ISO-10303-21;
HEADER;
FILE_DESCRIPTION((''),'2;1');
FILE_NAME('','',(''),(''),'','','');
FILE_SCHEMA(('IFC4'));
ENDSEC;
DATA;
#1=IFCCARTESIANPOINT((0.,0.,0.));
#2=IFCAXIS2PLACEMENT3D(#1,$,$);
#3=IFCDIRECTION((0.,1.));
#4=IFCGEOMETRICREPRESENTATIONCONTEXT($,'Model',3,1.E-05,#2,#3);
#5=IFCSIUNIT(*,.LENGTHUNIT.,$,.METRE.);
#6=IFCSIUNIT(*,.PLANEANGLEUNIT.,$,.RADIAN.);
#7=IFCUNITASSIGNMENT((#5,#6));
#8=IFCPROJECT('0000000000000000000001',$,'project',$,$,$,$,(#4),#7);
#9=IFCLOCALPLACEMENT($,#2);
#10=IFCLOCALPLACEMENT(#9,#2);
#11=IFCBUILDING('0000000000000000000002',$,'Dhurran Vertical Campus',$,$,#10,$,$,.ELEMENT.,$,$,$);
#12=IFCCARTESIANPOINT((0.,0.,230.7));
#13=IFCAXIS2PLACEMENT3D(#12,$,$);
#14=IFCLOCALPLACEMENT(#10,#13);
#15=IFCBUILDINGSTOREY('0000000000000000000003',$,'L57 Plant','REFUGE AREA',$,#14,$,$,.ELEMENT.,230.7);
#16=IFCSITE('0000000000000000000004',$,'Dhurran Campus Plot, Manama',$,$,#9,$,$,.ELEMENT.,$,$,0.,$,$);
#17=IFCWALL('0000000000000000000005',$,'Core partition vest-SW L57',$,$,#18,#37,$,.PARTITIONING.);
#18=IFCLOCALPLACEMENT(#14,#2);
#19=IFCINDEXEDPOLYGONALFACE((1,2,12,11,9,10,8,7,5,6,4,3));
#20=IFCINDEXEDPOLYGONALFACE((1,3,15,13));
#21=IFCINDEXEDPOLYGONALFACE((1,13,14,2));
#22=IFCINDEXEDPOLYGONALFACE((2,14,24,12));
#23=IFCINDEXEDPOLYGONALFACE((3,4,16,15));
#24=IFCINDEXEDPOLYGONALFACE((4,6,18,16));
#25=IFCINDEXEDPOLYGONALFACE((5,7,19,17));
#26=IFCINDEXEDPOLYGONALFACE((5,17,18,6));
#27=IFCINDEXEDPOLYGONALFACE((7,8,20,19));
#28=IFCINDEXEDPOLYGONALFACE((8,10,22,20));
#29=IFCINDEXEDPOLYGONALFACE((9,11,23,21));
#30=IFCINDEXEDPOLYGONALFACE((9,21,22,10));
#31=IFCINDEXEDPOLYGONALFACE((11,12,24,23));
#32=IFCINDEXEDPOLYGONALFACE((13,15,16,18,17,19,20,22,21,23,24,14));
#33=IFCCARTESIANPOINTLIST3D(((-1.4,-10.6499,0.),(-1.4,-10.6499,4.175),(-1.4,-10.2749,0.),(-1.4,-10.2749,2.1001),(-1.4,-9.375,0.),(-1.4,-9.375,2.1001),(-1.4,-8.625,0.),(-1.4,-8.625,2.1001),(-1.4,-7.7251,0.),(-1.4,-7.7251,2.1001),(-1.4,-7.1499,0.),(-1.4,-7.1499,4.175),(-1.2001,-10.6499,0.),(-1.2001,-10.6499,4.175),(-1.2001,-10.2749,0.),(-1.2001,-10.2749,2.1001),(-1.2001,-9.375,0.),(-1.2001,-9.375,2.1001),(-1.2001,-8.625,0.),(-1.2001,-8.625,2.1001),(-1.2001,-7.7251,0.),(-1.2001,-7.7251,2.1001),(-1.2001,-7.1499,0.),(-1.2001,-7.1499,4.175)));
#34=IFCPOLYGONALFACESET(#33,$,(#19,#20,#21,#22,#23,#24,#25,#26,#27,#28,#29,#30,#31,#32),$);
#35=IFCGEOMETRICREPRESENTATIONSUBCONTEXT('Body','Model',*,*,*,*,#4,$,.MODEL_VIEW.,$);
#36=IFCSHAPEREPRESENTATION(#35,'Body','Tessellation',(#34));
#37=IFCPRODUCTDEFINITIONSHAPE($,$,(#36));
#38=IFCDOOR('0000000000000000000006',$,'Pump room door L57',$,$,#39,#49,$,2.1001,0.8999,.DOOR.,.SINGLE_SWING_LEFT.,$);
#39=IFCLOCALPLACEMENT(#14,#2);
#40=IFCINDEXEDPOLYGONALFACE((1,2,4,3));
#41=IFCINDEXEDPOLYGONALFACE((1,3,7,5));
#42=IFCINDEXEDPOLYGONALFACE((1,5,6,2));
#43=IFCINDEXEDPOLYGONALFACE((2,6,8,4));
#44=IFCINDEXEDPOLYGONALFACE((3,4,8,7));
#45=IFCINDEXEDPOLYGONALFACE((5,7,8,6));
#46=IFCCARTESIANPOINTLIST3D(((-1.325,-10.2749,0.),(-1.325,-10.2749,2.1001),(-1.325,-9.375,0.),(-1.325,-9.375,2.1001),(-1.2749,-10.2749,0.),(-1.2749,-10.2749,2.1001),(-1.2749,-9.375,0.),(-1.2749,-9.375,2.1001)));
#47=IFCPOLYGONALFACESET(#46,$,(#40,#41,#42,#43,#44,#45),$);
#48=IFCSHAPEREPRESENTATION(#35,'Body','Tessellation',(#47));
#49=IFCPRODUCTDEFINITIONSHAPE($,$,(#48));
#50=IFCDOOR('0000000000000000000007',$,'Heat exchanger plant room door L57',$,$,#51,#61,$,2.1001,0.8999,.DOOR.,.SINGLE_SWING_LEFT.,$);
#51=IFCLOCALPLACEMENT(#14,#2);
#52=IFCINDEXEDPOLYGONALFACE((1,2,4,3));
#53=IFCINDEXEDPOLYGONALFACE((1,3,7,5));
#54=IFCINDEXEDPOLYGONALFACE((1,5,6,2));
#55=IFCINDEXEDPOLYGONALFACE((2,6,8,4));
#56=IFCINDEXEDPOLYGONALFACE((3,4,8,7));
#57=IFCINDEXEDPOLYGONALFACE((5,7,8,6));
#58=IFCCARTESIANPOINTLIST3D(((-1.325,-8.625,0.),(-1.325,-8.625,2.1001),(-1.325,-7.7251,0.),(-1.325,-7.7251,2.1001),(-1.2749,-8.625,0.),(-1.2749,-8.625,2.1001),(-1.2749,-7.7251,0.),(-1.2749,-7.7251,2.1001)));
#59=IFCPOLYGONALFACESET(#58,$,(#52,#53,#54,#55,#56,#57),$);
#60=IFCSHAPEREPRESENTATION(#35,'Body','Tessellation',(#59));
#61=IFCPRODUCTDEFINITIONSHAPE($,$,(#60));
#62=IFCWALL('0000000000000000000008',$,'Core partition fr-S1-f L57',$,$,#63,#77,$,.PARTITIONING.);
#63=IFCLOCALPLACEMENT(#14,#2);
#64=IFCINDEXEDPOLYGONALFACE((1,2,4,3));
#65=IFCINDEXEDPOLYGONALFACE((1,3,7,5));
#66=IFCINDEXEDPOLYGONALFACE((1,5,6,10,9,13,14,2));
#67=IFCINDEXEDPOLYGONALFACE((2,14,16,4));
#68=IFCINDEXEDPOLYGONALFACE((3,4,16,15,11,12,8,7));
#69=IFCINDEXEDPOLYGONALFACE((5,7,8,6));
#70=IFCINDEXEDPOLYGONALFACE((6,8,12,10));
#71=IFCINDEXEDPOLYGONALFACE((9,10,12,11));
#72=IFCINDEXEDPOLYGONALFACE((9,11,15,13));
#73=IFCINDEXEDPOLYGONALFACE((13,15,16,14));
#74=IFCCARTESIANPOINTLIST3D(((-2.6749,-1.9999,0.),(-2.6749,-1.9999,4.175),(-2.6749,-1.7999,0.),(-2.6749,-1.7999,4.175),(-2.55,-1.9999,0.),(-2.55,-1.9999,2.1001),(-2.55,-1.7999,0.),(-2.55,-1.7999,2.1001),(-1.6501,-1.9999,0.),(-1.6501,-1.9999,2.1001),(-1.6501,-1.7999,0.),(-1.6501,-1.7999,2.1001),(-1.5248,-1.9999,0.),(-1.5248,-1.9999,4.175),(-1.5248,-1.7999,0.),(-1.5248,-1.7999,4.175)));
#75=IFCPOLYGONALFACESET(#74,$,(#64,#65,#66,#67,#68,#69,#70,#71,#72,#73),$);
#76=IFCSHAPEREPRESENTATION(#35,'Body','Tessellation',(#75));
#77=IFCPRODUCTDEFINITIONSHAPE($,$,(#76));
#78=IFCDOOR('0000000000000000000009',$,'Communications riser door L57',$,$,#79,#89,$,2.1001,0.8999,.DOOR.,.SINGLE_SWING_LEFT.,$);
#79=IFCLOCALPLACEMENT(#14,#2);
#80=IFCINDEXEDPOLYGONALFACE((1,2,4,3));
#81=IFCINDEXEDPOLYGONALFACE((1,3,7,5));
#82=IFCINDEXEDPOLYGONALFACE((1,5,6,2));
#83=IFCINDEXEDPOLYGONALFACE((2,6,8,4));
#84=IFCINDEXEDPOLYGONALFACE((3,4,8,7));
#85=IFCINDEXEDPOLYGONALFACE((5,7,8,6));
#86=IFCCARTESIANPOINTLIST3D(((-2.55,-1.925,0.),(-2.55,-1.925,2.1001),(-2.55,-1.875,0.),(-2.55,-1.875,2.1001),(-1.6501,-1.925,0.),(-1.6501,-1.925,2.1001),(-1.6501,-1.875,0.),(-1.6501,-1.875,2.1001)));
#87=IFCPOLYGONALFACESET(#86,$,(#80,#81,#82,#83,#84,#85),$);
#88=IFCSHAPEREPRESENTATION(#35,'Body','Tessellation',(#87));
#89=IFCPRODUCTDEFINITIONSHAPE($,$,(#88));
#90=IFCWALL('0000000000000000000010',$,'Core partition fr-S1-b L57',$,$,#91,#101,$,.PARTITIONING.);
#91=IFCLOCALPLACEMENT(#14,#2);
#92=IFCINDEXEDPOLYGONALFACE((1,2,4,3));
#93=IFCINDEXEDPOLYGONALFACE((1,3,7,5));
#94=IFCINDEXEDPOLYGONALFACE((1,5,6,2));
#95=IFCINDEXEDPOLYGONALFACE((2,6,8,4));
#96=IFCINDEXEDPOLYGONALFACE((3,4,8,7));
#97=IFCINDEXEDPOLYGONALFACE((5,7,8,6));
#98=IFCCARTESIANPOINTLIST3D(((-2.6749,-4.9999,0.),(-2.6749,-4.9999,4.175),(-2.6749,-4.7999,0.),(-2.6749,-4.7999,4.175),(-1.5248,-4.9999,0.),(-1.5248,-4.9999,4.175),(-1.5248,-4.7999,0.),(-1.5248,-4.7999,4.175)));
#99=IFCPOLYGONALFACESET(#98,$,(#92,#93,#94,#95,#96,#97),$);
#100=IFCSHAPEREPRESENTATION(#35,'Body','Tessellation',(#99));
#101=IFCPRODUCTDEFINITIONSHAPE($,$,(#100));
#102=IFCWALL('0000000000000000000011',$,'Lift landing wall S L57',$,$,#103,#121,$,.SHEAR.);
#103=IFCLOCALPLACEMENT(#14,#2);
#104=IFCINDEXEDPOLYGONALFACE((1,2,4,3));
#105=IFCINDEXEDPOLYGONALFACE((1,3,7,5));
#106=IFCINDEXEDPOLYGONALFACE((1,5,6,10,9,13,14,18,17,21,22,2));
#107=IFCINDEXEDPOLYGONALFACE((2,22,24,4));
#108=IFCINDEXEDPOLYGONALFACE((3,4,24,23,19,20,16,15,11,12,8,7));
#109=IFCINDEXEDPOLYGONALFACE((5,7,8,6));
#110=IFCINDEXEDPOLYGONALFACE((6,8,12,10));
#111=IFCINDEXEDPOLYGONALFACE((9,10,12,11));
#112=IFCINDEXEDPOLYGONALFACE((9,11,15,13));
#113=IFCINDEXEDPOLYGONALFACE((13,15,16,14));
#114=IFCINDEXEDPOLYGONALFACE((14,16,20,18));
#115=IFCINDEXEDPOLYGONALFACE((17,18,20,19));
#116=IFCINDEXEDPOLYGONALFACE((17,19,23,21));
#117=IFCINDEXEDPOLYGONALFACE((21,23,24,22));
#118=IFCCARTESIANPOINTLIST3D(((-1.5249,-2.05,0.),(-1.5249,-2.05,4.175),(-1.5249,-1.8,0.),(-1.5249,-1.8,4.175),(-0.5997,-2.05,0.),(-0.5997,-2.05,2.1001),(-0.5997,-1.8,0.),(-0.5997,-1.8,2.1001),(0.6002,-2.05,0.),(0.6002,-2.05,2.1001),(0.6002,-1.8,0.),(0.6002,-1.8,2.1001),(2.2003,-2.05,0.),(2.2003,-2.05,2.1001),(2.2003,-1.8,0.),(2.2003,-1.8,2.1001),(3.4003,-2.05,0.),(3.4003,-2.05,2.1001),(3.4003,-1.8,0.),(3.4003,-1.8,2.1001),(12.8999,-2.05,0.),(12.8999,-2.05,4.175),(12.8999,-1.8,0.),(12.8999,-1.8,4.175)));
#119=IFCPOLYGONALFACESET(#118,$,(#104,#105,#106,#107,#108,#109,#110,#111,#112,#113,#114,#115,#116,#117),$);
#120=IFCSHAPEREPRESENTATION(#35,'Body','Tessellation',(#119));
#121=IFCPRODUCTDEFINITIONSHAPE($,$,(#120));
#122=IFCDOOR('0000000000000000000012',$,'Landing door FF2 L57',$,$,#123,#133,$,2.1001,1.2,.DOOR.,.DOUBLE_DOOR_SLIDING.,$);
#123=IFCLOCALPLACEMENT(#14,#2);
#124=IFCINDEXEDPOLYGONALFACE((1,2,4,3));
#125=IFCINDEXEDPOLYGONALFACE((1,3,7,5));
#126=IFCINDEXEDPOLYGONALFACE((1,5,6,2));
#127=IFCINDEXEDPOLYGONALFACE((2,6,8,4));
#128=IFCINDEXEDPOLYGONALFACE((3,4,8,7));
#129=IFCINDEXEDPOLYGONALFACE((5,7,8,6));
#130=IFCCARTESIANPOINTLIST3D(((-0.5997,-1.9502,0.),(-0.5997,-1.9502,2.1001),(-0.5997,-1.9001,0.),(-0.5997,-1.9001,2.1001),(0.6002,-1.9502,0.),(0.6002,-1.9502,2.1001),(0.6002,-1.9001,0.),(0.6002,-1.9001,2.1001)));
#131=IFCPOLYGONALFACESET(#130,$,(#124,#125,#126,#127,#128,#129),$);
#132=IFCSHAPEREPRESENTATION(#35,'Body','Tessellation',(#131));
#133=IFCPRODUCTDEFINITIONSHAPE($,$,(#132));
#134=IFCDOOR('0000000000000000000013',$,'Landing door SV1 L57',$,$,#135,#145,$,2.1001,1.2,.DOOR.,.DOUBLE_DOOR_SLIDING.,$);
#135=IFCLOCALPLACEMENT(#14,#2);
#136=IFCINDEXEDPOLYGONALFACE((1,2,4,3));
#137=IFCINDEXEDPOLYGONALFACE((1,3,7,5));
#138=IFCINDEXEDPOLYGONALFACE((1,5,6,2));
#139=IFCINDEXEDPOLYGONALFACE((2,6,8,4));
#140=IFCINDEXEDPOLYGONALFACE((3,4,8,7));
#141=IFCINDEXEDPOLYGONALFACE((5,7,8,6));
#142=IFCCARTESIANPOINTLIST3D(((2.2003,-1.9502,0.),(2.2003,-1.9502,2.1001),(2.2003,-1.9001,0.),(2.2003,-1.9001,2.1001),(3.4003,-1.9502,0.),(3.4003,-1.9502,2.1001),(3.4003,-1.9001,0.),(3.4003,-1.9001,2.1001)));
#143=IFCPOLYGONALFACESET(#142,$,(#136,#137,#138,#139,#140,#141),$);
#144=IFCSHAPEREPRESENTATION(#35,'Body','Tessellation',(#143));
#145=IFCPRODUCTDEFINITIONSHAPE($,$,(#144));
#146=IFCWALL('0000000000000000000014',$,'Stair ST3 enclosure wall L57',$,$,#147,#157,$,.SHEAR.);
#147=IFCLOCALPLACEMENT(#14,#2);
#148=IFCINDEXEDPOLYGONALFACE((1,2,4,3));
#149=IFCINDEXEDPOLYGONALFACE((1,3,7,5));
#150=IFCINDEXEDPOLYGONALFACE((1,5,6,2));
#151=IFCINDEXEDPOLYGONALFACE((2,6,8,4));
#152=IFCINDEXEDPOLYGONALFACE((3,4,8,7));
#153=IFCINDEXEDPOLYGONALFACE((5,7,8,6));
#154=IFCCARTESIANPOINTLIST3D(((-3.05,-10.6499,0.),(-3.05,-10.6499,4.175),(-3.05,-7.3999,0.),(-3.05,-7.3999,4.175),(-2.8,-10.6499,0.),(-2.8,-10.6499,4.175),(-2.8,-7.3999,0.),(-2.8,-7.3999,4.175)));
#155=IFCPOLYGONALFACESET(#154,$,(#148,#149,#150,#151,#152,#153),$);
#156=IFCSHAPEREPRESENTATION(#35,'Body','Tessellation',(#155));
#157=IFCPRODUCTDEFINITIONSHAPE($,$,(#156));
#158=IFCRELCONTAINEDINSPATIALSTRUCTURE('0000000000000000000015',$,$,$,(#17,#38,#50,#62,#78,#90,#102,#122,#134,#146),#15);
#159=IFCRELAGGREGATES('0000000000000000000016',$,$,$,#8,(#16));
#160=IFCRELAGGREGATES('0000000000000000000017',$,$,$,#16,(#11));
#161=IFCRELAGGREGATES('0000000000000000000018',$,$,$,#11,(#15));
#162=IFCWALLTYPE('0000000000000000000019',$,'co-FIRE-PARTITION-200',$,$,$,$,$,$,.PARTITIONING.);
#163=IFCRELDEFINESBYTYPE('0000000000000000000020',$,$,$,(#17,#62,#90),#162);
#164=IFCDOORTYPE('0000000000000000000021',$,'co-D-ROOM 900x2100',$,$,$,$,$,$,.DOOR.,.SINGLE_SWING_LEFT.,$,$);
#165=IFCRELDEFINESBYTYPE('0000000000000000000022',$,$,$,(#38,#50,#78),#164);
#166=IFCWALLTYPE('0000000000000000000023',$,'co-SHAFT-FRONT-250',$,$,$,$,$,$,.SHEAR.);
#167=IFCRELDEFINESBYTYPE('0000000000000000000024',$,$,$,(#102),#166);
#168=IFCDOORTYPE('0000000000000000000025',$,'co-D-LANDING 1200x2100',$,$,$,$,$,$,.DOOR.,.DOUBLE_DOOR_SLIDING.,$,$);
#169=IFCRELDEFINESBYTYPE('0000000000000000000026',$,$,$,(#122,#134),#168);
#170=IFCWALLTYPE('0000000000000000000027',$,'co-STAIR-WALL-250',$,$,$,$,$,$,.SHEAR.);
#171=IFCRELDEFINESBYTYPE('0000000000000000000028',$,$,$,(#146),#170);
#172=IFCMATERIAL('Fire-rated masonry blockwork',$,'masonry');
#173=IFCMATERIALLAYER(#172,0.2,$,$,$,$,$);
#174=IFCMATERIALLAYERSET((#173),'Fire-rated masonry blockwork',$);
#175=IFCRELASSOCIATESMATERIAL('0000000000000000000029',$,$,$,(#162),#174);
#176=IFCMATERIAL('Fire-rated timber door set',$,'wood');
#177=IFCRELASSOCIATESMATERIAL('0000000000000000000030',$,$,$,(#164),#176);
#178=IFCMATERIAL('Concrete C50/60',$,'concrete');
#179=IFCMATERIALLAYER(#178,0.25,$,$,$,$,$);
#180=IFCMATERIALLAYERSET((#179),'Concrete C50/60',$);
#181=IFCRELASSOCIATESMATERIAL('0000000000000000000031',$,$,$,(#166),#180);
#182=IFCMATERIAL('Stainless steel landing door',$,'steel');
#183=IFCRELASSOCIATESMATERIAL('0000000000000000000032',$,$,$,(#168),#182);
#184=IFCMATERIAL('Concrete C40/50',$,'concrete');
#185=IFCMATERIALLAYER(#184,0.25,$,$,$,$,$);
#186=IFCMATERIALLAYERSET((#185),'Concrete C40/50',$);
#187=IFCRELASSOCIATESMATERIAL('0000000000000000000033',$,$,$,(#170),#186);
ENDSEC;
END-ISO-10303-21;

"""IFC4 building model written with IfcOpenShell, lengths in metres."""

from ifc_helpers import new_model, si_unit, direction, frame, frame_2d, origin, place, context, subcontext, project, spatial, rectangle, extrude, material, layer, layer_set, type_object, element, fill, save


model = new_model("IFC4")

# Units and contexts
model_context = context("Model", 3, precision=1e-05, world=origin(), true_north=direction((0.0, 1.0)))
body_context = subcontext(model_context, "Body", "Model", "MODEL_VIEW")
ifc_project = project(units=[si_unit("LENGTHUNIT", "METRE"), si_unit("PLANEANGLEUNIT", "RADIAN")], contexts=[model_context])

# Site, building, storey
site_placement = place(None, origin())
site = spatial("IfcSite", under=ifc_project, at=site_placement, Name="Dhurran Campus Plot, Manama", CompositionType="ELEMENT", RefElevation=0.0)
building_placement = place(site_placement, origin())
building = spatial("IfcBuilding", under=site, at=building_placement, Name="Dhurran Vertical Campus", CompositionType="ELEMENT")
storey_placement = place(building_placement, frame((0.0, 0.0, 230.7)))
storey = spatial("IfcBuildingStorey", under=building, at=storey_placement, Name="L57 Plant", Description="REFUGE AREA", CompositionType="ELEMENT", Elevation=230.7)

# Shared definitions
ifc_material_1 = material(Name="Fire-rated masonry blockwork", Category="masonry")
ifc_layer_1 = layer(ifc_material_1, 0.2)
ifc_layer_set_1 = layer_set([ifc_layer_1], Name="Fire-rated masonry blockwork")
wall_type_1 = type_object("IfcWallType", Name="co-FIRE-PARTITION-200", PredefinedType="PARTITIONING", material=ifc_layer_set_1)

# Wall, openings, doors
wall_1_placement = place(storey_placement, frame((-1.3, -10.6499, 0.0), z_axis=(0.0, 0.0, 1.0), x_axis=(0.0, 1.0, 0.0)))
wall_1 = element("IfcWall", 1, at=wall_1_placement, inside=storey, type_object=wall_type_1, Name="Core partition vest-SW L57", PredefinedType="PARTITIONING", context=body_context, shape_type="SweptSolid", body=[
    extrude(rectangle(XDim=3.5, YDim=0.2, at=frame_2d((1.75, 0.0))), origin(), (0.0, 0.0, 1.0), 4.175),
])
opening_1_placement = place(wall_1_placement, frame((0.375, 0.0, 0.0)))
opening_1 = element("IfcOpeningElement", 2, at=opening_1_placement, cuts=wall_1, PredefinedType="OPENING", context=body_context, shape_type="SweptSolid", body=[
    extrude(rectangle(XDim=0.8999, YDim=2.1001, at=frame_2d((0.45, 1.05))), frame((0.0, 0.1099, 0.0), z_axis=(0.0, -1.0, 0.0), x_axis=(1.0, 0.0, 0.0)), (0.0, 0.0, 1.0), 0.22),
])
opening_2_placement = place(wall_1_placement, frame((2.0249, 0.0, 0.0)))
opening_2 = element("IfcOpeningElement", 3, at=opening_2_placement, cuts=wall_1, PredefinedType="OPENING", context=body_context, shape_type="SweptSolid", body=[
    extrude(rectangle(XDim=0.8999, YDim=2.1001, at=frame_2d((0.45, 1.05))), frame((0.0, 0.1099, 0.0), z_axis=(0.0, -1.0, 0.0), x_axis=(1.0, 0.0, 0.0)), (0.0, 0.0, 1.0), 0.22),
])
ifc_material_2 = material(Name="Fire-rated timber door set", Category="wood")
door_type_1 = type_object("IfcDoorType", Name="co-D-ROOM 900x2100", OperationType="SINGLE_SWING_LEFT", PredefinedType="DOOR", material=ifc_material_2)
door_1_placement = place(opening_1_placement, origin())
door_1 = element("IfcDoor", 4, at=door_1_placement, inside=storey, type_object=door_type_1, Name="Pump room door L57", OperationType="SINGLE_SWING_LEFT", OverallHeight=2.1001, OverallWidth=0.8999, PredefinedType="DOOR", context=body_context, shape_type="SweptSolid", body=[
    extrude(rectangle(XDim=0.8999, YDim=2.1001, at=frame_2d((0.45, 1.05))), frame((0.0, 0.0249, 0.0), z_axis=(0.0, -1.0, 0.0), x_axis=(1.0, 0.0, 0.0)), (0.0, 0.0, 1.0), 0.05),
])
fill(opening_1, door_1)
door_2_placement = place(opening_2_placement, origin())
door_2 = element("IfcDoor", 5, at=door_2_placement, inside=storey, type_object=door_type_1, Name="Heat exchanger plant room door L57", OperationType="SINGLE_SWING_LEFT", OverallHeight=2.1001, OverallWidth=0.8999, PredefinedType="DOOR", context=body_context, shape_type="SweptSolid", body=[
    extrude(rectangle(XDim=0.8999, YDim=2.1001, at=frame_2d((0.45, 1.05))), frame((0.0, 0.0249, 0.0), z_axis=(0.0, -1.0, 0.0), x_axis=(1.0, 0.0, 0.0)), (0.0, 0.0, 1.0), 0.05),
])
fill(opening_2, door_2)

# Wall, opening, door
wall_2_placement = place(storey_placement, frame((-2.675, -1.8999, 0.0), z_axis=(0.0, 0.0, 1.0), x_axis=(1.0, 0.0, 0.0)))
wall_2 = element("IfcWall", 6, at=wall_2_placement, inside=storey, type_object=wall_type_1, Name="Core partition fr-S1-f L57", PredefinedType="PARTITIONING", context=body_context, shape_type="SweptSolid", body=[
    extrude(rectangle(XDim=1.1501, YDim=0.2, at=frame_2d((0.5752, 0.0))), origin(), (0.0, 0.0, 1.0), 4.175),
])
opening_3_placement = place(wall_2_placement, frame((0.125, 0.0, 0.0)))
opening_3 = element("IfcOpeningElement", 7, at=opening_3_placement, cuts=wall_2, PredefinedType="OPENING", context=body_context, shape_type="SweptSolid", body=[
    extrude(rectangle(XDim=0.8999, YDim=2.1001, at=frame_2d((0.45, 1.05))), frame((0.0, 0.1099, 0.0), z_axis=(0.0, -1.0, 0.0), x_axis=(1.0, 0.0, 0.0)), (0.0, 0.0, 1.0), 0.22),
])
door_3_placement = place(opening_3_placement, origin())
door_3 = element("IfcDoor", 8, at=door_3_placement, inside=storey, type_object=door_type_1, Name="Communications riser door L57", OperationType="SINGLE_SWING_LEFT", OverallHeight=2.1001, OverallWidth=0.8999, PredefinedType="DOOR", context=body_context, shape_type="SweptSolid", body=[
    extrude(rectangle(XDim=0.8999, YDim=2.1001, at=frame_2d((0.45, 1.05))), frame((0.0, 0.0249, 0.0), z_axis=(0.0, -1.0, 0.0), x_axis=(1.0, 0.0, 0.0)), (0.0, 0.0, 1.0), 0.05),
])
fill(opening_3, door_3)

# Wall
wall_3_placement = place(storey_placement, frame((-2.675, -4.8999, 0.0), z_axis=(0.0, 0.0, 1.0), x_axis=(1.0, 0.0, 0.0)))
element("IfcWall", 9, at=wall_3_placement, inside=storey, type_object=wall_type_1, Name="Core partition fr-S1-b L57", PredefinedType="PARTITIONING", context=body_context, shape_type="SweptSolid", body=[
    extrude(rectangle(XDim=1.1501, YDim=0.2, at=frame_2d((0.5752, 0.0))), origin(), (0.0, 0.0, 1.0), 4.175),
])

# Wall, openings, doors
ifc_material_3 = material(Name="Concrete C50/60", Category="concrete")
ifc_layer_2 = layer(ifc_material_3, 0.25)
ifc_layer_set_2 = layer_set([ifc_layer_2], Name="Concrete C50/60")
wall_type_2 = type_object("IfcWallType", Name="co-SHAFT-FRONT-250", PredefinedType="SHEAR", material=ifc_layer_set_2)
wall_4_placement = place(storey_placement, frame((-1.5249, -1.925, 0.0), z_axis=(0.0, 0.0, 1.0), x_axis=(1.0, 0.0, 0.0)))
wall_4 = element("IfcWall", 10, at=wall_4_placement, inside=storey, type_object=wall_type_2, Name="Lift landing wall S L57", PredefinedType="SHEAR", context=body_context, shape_type="SweptSolid", body=[
    extrude(rectangle(XDim=14.4248, YDim=0.25, at=frame_2d((7.2124, 0.0))), origin(), (0.0, 0.0, 1.0), 4.175),
])
opening_4_placement = place(wall_4_placement, frame((0.925, 0.0, 0.0)))
opening_4 = element("IfcOpeningElement", 11, at=opening_4_placement, cuts=wall_4, PredefinedType="OPENING", context=body_context, shape_type="SweptSolid", body=[
    extrude(rectangle(XDim=1.2, YDim=2.1001, at=frame_2d((0.6001, 1.05))), frame((0.0, 0.135, 0.0), z_axis=(0.0, -1.0, 0.0), x_axis=(1.0, 0.0, 0.0)), (0.0, 0.0, 1.0), 0.27),
])
opening_5_placement = place(wall_4_placement, frame((3.7251, 0.0, 0.0)))
opening_5 = element("IfcOpeningElement", 12, at=opening_5_placement, cuts=wall_4, PredefinedType="OPENING", context=body_context, shape_type="SweptSolid", body=[
    extrude(rectangle(XDim=1.2, YDim=2.1001, at=frame_2d((0.6001, 1.05))), frame((0.0, 0.135, 0.0), z_axis=(0.0, -1.0, 0.0), x_axis=(1.0, 0.0, 0.0)), (0.0, 0.0, 1.0), 0.27),
])
ifc_material_4 = material(Name="Stainless steel landing door", Category="steel")
door_type_2 = type_object("IfcDoorType", Name="co-D-LANDING 1200x2100", OperationType="DOUBLE_DOOR_SLIDING", PredefinedType="DOOR", material=ifc_material_4)
door_4_placement = place(opening_4_placement, origin())
door_4 = element("IfcDoor", 13, at=door_4_placement, inside=storey, type_object=door_type_2, Name="Landing door FF2 L57", OperationType="DOUBLE_DOOR_SLIDING", OverallHeight=2.1001, OverallWidth=1.2, PredefinedType="DOOR", context=body_context, shape_type="SweptSolid", body=[
    extrude(rectangle(XDim=1.2, YDim=2.1001, at=frame_2d((0.6001, 1.05))), frame((0.0, 0.0249, 0.0), z_axis=(0.0, -1.0, 0.0), x_axis=(1.0, 0.0, 0.0)), (0.0, 0.0, 1.0), 0.05),
])
fill(opening_4, door_4)
door_5_placement = place(opening_5_placement, origin())
door_5 = element("IfcDoor", 14, at=door_5_placement, inside=storey, type_object=door_type_2, Name="Landing door SV1 L57", OperationType="DOUBLE_DOOR_SLIDING", OverallHeight=2.1001, OverallWidth=1.2, PredefinedType="DOOR", context=body_context, shape_type="SweptSolid", body=[
    extrude(rectangle(XDim=1.2, YDim=2.1001, at=frame_2d((0.6001, 1.05))), frame((0.0, 0.0249, 0.0), z_axis=(0.0, -1.0, 0.0), x_axis=(1.0, 0.0, 0.0)), (0.0, 0.0, 1.0), 0.05),
])
fill(opening_5, door_5)

# Wall
ifc_material_5 = material(Name="Concrete C40/50", Category="concrete")
ifc_layer_3 = layer(ifc_material_5, 0.25)
ifc_layer_set_3 = layer_set([ifc_layer_3], Name="Concrete C40/50")
wall_type_3 = type_object("IfcWallType", Name="co-STAIR-WALL-250", PredefinedType="SHEAR", material=ifc_layer_set_3)
wall_5_placement = place(storey_placement, frame((-2.925, -10.6499, 0.0), z_axis=(0.0, 0.0, 1.0), x_axis=(0.0, 1.0, 0.0)))
element("IfcWall", 15, at=wall_5_placement, inside=storey, type_object=wall_type_3, Name="Stair ST3 enclosure wall L57", PredefinedType="SHEAR", context=body_context, shape_type="SweptSolid", body=[
    extrude(rectangle(XDim=3.25, YDim=0.25, at=frame_2d((1.625, 0.0))), origin(), (0.0, 0.0, 1.0), 4.175),
])

save(model, "model.ifc")
